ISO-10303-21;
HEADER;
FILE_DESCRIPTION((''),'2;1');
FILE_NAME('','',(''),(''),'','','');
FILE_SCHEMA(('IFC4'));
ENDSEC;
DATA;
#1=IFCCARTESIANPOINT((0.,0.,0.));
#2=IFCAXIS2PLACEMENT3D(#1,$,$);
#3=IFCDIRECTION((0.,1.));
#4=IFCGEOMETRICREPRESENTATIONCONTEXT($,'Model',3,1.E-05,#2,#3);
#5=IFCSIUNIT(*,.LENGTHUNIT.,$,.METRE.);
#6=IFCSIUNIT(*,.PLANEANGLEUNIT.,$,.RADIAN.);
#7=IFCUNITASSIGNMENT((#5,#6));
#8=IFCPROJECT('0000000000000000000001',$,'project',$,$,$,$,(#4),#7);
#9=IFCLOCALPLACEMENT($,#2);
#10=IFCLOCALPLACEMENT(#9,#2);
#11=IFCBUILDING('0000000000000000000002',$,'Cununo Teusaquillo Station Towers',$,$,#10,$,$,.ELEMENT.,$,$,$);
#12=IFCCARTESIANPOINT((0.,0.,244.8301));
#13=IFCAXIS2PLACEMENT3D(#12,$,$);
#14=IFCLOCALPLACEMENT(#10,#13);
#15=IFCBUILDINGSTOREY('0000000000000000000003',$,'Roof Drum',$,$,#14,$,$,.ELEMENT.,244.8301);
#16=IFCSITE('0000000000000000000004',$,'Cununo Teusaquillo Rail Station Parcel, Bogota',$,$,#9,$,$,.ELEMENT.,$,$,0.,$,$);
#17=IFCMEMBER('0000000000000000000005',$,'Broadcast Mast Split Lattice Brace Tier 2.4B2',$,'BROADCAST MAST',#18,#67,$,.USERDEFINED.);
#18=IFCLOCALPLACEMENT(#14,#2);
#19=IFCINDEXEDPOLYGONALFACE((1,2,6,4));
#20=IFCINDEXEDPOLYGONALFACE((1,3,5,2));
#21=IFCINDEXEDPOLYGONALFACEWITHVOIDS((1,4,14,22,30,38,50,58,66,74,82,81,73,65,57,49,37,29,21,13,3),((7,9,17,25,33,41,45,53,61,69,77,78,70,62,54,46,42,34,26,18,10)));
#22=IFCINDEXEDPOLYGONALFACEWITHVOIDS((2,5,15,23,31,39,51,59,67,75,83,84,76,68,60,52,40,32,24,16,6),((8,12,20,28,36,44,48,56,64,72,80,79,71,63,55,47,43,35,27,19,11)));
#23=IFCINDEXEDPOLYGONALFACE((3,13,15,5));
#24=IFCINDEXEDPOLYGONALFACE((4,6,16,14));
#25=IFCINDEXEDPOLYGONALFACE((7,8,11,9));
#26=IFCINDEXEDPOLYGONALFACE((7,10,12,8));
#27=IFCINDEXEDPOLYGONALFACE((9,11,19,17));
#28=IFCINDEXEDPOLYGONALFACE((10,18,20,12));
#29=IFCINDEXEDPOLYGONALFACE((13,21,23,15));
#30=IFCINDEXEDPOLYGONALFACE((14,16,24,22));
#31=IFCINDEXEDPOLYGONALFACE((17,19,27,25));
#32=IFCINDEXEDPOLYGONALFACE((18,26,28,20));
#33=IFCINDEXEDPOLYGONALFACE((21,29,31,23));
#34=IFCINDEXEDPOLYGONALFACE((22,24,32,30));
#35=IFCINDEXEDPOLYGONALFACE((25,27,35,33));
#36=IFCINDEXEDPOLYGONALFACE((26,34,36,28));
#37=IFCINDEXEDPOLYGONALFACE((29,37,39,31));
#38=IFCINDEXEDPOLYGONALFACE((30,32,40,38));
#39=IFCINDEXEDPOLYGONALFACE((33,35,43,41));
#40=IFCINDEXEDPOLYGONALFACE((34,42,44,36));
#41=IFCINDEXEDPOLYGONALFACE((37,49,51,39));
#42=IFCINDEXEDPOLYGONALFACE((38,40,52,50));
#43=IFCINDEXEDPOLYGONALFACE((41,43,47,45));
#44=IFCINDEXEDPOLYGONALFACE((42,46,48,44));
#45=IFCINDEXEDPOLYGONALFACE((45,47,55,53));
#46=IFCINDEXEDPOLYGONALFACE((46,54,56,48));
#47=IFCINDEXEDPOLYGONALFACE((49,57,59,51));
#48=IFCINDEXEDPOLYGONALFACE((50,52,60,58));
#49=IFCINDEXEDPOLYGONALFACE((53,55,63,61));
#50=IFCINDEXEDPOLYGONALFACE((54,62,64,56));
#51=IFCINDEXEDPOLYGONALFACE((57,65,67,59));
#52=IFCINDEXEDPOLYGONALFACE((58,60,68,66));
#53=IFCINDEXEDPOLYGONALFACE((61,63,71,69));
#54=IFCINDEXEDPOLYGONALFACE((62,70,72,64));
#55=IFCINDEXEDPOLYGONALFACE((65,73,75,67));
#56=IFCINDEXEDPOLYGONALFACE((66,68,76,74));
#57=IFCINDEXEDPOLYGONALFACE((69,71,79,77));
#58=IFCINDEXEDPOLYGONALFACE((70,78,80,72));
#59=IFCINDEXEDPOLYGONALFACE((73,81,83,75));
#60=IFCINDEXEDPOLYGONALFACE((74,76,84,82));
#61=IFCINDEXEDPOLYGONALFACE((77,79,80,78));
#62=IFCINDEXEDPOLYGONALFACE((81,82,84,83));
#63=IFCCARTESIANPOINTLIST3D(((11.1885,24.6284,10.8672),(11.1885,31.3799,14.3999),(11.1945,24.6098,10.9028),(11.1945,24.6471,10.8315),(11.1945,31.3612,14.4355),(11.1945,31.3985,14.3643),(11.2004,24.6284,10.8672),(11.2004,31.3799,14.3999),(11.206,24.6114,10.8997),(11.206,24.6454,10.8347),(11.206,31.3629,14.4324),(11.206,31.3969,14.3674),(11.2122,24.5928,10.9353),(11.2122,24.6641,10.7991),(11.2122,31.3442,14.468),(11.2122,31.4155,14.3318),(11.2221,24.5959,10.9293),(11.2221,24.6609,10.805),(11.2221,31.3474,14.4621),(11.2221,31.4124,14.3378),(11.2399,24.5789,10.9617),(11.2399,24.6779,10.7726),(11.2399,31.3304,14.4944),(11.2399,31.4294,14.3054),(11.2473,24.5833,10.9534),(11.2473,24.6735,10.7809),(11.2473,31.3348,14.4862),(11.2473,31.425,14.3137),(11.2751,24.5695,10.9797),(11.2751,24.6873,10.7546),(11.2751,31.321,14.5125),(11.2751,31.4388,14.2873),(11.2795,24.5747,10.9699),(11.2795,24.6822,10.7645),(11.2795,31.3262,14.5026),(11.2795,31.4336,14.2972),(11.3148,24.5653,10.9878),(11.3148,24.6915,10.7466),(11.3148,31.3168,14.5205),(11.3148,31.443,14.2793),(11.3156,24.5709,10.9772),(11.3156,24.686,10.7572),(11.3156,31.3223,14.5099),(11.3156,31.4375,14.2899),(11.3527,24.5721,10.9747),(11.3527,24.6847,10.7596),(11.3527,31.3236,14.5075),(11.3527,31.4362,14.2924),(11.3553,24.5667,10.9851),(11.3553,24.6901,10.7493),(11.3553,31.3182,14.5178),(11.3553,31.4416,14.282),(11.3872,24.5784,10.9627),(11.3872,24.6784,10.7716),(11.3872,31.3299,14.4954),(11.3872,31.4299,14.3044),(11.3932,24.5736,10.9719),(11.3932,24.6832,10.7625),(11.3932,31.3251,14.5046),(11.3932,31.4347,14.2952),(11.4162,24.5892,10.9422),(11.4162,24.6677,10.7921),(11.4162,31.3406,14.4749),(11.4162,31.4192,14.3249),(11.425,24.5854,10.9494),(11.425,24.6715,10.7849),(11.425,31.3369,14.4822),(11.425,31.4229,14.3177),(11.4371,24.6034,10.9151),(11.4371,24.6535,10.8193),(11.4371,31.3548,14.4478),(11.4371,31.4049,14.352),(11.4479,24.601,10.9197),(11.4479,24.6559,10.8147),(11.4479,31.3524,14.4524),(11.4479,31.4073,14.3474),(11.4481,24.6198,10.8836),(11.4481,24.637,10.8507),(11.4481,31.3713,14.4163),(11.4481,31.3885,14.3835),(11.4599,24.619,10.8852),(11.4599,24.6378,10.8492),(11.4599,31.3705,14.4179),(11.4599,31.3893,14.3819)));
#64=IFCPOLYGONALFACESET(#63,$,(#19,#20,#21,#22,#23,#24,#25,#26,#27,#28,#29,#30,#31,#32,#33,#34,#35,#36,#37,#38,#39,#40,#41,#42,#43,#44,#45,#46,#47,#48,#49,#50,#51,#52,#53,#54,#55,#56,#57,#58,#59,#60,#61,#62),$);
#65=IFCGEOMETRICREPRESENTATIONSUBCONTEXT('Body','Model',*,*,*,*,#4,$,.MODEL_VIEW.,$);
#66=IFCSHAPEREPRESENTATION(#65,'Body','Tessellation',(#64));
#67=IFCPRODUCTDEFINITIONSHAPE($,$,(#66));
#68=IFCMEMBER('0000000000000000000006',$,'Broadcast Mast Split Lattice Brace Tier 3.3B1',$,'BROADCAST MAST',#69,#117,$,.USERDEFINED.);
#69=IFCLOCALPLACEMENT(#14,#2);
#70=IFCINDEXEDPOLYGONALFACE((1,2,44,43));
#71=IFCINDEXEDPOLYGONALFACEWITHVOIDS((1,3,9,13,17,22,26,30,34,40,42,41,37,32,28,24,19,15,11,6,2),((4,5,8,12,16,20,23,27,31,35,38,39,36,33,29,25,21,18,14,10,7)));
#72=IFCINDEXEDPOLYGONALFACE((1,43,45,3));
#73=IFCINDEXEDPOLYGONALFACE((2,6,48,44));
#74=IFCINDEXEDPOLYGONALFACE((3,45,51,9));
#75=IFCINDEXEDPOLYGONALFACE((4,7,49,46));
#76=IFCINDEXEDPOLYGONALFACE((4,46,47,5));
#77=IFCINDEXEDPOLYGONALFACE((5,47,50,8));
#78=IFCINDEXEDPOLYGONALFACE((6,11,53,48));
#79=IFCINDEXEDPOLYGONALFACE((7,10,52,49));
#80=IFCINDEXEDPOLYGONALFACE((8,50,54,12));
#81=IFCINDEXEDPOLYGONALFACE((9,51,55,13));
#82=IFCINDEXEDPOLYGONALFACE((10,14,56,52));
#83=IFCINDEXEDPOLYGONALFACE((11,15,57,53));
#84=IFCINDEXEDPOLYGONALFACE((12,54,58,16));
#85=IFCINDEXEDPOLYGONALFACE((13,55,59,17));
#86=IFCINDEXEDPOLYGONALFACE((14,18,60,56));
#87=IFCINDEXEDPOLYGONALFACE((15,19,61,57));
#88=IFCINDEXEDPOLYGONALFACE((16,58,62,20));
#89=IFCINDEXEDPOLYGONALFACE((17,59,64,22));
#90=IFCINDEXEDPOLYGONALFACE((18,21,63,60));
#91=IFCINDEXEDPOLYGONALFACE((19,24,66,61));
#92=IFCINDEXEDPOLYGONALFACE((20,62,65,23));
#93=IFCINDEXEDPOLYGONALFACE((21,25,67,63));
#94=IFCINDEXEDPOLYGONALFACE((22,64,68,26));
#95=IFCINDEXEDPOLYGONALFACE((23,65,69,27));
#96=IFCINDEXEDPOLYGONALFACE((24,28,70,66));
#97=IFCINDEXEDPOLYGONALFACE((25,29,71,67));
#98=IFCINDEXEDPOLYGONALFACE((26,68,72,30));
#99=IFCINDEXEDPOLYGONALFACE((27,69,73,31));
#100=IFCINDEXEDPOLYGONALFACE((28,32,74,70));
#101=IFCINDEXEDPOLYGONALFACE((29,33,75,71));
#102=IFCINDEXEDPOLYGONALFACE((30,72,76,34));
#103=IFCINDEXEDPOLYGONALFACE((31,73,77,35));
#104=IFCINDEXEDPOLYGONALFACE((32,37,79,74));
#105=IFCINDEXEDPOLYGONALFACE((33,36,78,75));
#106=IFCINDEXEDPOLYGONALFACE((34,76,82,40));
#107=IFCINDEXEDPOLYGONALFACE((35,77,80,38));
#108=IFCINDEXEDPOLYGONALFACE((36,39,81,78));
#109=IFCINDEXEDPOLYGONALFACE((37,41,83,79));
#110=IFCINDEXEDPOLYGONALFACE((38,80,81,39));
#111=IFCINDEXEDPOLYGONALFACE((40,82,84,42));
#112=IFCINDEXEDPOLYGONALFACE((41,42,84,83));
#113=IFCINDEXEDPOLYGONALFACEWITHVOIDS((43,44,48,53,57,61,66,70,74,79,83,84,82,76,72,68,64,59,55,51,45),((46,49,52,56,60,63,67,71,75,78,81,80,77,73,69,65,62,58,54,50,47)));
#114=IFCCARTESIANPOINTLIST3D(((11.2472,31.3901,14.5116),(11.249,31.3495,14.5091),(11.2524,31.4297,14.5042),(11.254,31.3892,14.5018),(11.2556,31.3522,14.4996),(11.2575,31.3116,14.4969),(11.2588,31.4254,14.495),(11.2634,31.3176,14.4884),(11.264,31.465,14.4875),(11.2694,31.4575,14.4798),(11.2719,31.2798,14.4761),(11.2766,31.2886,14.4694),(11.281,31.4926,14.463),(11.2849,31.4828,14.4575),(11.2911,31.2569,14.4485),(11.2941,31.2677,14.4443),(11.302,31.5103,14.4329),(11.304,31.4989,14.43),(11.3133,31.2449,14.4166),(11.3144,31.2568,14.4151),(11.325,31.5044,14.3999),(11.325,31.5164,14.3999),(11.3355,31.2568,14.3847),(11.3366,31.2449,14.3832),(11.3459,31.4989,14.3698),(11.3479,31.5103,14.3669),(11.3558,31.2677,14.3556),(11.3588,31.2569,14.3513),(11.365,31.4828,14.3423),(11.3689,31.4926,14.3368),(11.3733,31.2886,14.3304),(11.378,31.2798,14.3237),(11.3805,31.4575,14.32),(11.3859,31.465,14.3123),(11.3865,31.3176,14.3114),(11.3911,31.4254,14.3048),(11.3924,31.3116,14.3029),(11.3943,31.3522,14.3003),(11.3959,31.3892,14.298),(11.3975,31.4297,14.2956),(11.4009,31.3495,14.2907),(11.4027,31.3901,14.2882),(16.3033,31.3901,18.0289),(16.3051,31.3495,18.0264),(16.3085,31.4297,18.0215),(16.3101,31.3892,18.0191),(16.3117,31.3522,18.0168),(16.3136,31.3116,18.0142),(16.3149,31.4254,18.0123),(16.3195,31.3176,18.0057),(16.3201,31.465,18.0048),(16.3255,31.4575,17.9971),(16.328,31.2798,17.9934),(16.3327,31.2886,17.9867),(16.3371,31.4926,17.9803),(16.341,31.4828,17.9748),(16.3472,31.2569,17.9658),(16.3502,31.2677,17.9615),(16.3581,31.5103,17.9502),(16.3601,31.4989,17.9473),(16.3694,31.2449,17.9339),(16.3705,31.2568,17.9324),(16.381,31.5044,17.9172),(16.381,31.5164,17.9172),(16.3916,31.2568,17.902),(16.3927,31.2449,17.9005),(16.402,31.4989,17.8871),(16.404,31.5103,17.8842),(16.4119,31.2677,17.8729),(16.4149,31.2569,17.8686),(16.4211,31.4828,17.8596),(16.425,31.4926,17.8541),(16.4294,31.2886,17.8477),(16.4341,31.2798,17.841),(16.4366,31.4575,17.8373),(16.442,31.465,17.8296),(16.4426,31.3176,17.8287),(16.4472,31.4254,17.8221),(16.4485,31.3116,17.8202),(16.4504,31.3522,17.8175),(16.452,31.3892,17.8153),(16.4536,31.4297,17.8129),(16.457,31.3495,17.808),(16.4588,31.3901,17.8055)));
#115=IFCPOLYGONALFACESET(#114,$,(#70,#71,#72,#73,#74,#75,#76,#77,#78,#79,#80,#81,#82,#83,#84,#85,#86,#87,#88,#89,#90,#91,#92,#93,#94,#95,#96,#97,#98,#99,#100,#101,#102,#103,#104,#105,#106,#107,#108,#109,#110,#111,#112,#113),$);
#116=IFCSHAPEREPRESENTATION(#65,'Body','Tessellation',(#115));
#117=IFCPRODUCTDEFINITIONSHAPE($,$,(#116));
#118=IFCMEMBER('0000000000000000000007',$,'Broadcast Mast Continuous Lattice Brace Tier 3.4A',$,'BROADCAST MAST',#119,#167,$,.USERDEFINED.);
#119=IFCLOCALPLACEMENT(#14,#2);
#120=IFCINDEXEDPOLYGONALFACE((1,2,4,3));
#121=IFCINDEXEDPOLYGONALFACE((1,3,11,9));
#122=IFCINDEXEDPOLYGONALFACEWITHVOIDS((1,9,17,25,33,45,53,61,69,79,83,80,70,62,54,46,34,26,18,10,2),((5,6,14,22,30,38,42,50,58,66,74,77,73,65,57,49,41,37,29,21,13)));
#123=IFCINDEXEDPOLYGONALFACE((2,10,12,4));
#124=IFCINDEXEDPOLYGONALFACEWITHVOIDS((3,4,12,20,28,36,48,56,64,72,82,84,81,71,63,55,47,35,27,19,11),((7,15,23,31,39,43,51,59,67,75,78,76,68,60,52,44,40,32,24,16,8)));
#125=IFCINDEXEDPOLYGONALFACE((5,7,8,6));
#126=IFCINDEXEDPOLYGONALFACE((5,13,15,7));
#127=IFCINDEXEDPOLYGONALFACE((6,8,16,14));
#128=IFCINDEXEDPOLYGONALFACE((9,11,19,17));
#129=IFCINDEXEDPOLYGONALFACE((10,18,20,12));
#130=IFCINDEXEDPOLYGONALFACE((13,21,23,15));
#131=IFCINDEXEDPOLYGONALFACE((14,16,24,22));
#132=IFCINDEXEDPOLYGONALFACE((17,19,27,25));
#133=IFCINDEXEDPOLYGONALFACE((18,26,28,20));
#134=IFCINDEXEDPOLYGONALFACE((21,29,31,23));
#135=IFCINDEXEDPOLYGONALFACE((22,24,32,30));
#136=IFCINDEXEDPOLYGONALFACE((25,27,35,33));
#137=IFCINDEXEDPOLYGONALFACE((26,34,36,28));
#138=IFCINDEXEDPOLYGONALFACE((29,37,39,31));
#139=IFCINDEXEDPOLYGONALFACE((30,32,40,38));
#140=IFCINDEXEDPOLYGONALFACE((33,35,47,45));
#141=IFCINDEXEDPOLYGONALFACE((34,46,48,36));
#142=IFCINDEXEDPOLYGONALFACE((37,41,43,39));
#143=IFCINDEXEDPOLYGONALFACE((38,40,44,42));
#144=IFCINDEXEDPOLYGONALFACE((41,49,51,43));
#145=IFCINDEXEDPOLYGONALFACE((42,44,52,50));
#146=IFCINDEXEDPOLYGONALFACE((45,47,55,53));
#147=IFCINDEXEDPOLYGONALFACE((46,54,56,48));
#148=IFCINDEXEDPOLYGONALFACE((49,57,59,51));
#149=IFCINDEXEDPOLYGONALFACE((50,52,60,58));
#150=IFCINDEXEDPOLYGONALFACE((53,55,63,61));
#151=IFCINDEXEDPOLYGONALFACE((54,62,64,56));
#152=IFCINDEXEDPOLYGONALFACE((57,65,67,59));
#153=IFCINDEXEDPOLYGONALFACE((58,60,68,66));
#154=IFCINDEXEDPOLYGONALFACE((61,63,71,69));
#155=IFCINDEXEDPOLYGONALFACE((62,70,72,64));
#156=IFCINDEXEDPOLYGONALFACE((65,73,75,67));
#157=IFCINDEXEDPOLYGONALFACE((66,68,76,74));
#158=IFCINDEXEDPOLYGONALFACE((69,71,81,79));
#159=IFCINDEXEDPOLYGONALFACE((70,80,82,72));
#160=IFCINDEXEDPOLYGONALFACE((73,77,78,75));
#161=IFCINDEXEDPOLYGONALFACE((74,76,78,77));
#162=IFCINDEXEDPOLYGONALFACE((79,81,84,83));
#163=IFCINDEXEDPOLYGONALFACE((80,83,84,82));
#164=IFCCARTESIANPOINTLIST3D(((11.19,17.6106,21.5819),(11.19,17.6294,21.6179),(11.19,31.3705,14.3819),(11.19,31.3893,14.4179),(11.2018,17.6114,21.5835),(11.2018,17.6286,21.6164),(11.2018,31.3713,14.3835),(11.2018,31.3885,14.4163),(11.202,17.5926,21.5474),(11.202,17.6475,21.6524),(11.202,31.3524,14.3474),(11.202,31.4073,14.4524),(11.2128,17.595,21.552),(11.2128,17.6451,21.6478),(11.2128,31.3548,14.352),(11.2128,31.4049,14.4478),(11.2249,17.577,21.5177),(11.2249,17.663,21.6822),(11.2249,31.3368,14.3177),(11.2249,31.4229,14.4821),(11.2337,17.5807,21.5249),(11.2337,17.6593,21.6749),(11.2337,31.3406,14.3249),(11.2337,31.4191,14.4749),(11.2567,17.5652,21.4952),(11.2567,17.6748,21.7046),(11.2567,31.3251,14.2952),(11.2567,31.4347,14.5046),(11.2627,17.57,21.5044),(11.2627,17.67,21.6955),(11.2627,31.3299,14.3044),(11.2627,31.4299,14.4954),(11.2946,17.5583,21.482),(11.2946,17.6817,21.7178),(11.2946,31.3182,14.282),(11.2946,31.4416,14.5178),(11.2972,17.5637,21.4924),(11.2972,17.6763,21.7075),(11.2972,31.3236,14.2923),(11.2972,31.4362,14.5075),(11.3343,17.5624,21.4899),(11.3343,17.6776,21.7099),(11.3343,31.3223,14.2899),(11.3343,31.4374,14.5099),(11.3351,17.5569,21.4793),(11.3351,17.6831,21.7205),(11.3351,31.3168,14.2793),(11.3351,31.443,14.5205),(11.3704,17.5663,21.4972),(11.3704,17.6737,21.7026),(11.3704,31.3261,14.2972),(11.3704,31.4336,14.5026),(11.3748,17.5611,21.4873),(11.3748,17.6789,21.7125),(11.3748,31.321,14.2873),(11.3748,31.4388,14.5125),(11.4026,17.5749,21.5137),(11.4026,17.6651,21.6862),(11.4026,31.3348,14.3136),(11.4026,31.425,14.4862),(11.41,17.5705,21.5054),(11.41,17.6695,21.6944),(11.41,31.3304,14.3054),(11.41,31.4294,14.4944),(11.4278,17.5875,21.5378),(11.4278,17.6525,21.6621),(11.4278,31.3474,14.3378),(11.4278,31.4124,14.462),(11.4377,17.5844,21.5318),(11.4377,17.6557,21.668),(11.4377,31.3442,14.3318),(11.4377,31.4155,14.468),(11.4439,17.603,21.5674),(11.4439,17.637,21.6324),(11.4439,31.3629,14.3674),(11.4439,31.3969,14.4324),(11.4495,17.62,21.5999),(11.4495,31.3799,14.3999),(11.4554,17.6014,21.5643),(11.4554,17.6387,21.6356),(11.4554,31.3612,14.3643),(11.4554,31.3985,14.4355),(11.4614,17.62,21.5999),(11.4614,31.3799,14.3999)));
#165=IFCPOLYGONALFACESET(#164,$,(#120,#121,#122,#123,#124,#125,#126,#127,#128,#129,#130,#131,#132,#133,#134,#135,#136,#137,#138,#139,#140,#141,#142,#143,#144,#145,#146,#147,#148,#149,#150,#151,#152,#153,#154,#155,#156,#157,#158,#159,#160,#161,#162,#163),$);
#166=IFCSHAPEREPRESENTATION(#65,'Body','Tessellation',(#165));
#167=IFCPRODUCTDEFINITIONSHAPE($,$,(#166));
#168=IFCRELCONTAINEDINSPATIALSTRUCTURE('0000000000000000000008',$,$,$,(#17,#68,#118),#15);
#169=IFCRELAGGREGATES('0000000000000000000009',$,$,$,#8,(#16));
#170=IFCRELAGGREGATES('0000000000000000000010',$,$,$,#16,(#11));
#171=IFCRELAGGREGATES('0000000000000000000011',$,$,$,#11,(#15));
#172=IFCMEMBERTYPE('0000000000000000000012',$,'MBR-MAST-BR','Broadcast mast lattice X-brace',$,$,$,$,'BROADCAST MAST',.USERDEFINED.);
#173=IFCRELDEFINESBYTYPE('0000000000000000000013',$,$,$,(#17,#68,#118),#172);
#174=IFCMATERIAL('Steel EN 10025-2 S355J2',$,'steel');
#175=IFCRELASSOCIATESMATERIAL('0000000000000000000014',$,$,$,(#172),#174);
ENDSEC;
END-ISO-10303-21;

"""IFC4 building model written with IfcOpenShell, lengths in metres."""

from ifc_helpers import new_model, si_unit, direction, frame, origin, origin_2d, place, context, subcontext, project, spatial, hollow_circle, extrude, material, material_profile, profile_set, type_object, element, save


model = new_model("IFC4")

# Units and contexts
model_context = context("Model", 3, precision=1e-05, world=origin(), true_north=direction((0.0, 1.0)))
body_context = subcontext(model_context, "Body", "Model", "MODEL_VIEW")
ifc_project = project(units=[si_unit("LENGTHUNIT", "METRE"), si_unit("PLANEANGLEUNIT", "RADIAN")], contexts=[model_context])

# Site, building, storey
site_placement = place(None, origin())
site = spatial("IfcSite", under=ifc_project, at=site_placement, Name="Cununo Teusaquillo Rail Station Parcel, Bogota", CompositionType="ELEMENT", RefElevation=0.0)
building_placement = place(site_placement, origin())
building = spatial("IfcBuilding", under=site, at=building_placement, Name="Cununo Teusaquillo Station Towers", CompositionType="ELEMENT")
storey_placement = place(building_placement, frame((0.0, 0.0, 244.8301)))
storey = spatial("IfcBuildingStorey", under=building, at=storey_placement, Name="Roof Drum", CompositionType="ELEMENT", Elevation=244.8301)

# Members
ifc_material_1 = material(Name="Steel EN 10025-2 S355J2", Category="steel")
ifc_material_profile_1 = material_profile(ifc_material_1, hollow_circle(Radius=0.1365, WallThickness=0.012, at=origin_2d()), Name="CHS 273x12")
ifc_profile_set_1 = profile_set([ifc_material_profile_1], Name="Steel EN 10025-2 S355J2")
member_type = type_object("IfcMemberType", Name="MBR-MAST-BR", Description="Broadcast mast lattice X-brace", ElementType="BROADCAST MAST", PredefinedType="USERDEFINED", material=ifc_profile_set_1)
member_1_placement = place(storey_placement, frame((11.325, 24.6284, 10.8672), z_axis=(0.0, 0.886035, 0.463619), x_axis=(-1.0, 0.0, 0.0)))
element("IfcMember", 1, at=member_1_placement, inside=storey, type_object=member_type, Name="Broadcast Mast Split Lattice Brace Tier 2.4B2", ObjectType="BROADCAST MAST", PredefinedType="USERDEFINED", context=body_context, shape_type="SweptSolid", body=[
    extrude(hollow_circle(Radius=0.1365, WallThickness=0.012, at=origin_2d()), origin(), (0.0, 0.0, 1.0), 7.6199),
])
member_2_placement = place(storey_placement, frame((11.325, 31.3799, 14.3999), z_axis=(0.820904, 0.0, 0.571066), x_axis=(0.0, 1.0, 0.0)))
element("IfcMember", 2, at=member_2_placement, inside=storey, type_object=member_type, Name="Broadcast Mast Split Lattice Brace Tier 3.3B1", ObjectType="BROADCAST MAST", PredefinedType="USERDEFINED", context=body_context, shape_type="SweptSolid", body=[
    extrude(hollow_circle(Radius=0.1365, WallThickness=0.012, at=origin_2d()), origin(), (0.0, 0.0, 1.0), 6.1592),
])
member_3_placement = place(storey_placement, frame((11.325, 31.3799, 14.3999), z_axis=(0.0, -0.886031, 0.463626), x_axis=(1.0, 0.0, 0.0)))
element("IfcMember", 3, at=member_3_placement, inside=storey, type_object=member_type, Name="Broadcast Mast Continuous Lattice Brace Tier 3.4A", ObjectType="BROADCAST MAST", PredefinedType="USERDEFINED", context=body_context, shape_type="SweptSolid", body=[
    extrude(hollow_circle(Radius=0.1365, WallThickness=0.012, at=origin_2d()), origin(), (0.0, 0.0, 1.0), 15.5298),
])

save(model, "model.ifc")
